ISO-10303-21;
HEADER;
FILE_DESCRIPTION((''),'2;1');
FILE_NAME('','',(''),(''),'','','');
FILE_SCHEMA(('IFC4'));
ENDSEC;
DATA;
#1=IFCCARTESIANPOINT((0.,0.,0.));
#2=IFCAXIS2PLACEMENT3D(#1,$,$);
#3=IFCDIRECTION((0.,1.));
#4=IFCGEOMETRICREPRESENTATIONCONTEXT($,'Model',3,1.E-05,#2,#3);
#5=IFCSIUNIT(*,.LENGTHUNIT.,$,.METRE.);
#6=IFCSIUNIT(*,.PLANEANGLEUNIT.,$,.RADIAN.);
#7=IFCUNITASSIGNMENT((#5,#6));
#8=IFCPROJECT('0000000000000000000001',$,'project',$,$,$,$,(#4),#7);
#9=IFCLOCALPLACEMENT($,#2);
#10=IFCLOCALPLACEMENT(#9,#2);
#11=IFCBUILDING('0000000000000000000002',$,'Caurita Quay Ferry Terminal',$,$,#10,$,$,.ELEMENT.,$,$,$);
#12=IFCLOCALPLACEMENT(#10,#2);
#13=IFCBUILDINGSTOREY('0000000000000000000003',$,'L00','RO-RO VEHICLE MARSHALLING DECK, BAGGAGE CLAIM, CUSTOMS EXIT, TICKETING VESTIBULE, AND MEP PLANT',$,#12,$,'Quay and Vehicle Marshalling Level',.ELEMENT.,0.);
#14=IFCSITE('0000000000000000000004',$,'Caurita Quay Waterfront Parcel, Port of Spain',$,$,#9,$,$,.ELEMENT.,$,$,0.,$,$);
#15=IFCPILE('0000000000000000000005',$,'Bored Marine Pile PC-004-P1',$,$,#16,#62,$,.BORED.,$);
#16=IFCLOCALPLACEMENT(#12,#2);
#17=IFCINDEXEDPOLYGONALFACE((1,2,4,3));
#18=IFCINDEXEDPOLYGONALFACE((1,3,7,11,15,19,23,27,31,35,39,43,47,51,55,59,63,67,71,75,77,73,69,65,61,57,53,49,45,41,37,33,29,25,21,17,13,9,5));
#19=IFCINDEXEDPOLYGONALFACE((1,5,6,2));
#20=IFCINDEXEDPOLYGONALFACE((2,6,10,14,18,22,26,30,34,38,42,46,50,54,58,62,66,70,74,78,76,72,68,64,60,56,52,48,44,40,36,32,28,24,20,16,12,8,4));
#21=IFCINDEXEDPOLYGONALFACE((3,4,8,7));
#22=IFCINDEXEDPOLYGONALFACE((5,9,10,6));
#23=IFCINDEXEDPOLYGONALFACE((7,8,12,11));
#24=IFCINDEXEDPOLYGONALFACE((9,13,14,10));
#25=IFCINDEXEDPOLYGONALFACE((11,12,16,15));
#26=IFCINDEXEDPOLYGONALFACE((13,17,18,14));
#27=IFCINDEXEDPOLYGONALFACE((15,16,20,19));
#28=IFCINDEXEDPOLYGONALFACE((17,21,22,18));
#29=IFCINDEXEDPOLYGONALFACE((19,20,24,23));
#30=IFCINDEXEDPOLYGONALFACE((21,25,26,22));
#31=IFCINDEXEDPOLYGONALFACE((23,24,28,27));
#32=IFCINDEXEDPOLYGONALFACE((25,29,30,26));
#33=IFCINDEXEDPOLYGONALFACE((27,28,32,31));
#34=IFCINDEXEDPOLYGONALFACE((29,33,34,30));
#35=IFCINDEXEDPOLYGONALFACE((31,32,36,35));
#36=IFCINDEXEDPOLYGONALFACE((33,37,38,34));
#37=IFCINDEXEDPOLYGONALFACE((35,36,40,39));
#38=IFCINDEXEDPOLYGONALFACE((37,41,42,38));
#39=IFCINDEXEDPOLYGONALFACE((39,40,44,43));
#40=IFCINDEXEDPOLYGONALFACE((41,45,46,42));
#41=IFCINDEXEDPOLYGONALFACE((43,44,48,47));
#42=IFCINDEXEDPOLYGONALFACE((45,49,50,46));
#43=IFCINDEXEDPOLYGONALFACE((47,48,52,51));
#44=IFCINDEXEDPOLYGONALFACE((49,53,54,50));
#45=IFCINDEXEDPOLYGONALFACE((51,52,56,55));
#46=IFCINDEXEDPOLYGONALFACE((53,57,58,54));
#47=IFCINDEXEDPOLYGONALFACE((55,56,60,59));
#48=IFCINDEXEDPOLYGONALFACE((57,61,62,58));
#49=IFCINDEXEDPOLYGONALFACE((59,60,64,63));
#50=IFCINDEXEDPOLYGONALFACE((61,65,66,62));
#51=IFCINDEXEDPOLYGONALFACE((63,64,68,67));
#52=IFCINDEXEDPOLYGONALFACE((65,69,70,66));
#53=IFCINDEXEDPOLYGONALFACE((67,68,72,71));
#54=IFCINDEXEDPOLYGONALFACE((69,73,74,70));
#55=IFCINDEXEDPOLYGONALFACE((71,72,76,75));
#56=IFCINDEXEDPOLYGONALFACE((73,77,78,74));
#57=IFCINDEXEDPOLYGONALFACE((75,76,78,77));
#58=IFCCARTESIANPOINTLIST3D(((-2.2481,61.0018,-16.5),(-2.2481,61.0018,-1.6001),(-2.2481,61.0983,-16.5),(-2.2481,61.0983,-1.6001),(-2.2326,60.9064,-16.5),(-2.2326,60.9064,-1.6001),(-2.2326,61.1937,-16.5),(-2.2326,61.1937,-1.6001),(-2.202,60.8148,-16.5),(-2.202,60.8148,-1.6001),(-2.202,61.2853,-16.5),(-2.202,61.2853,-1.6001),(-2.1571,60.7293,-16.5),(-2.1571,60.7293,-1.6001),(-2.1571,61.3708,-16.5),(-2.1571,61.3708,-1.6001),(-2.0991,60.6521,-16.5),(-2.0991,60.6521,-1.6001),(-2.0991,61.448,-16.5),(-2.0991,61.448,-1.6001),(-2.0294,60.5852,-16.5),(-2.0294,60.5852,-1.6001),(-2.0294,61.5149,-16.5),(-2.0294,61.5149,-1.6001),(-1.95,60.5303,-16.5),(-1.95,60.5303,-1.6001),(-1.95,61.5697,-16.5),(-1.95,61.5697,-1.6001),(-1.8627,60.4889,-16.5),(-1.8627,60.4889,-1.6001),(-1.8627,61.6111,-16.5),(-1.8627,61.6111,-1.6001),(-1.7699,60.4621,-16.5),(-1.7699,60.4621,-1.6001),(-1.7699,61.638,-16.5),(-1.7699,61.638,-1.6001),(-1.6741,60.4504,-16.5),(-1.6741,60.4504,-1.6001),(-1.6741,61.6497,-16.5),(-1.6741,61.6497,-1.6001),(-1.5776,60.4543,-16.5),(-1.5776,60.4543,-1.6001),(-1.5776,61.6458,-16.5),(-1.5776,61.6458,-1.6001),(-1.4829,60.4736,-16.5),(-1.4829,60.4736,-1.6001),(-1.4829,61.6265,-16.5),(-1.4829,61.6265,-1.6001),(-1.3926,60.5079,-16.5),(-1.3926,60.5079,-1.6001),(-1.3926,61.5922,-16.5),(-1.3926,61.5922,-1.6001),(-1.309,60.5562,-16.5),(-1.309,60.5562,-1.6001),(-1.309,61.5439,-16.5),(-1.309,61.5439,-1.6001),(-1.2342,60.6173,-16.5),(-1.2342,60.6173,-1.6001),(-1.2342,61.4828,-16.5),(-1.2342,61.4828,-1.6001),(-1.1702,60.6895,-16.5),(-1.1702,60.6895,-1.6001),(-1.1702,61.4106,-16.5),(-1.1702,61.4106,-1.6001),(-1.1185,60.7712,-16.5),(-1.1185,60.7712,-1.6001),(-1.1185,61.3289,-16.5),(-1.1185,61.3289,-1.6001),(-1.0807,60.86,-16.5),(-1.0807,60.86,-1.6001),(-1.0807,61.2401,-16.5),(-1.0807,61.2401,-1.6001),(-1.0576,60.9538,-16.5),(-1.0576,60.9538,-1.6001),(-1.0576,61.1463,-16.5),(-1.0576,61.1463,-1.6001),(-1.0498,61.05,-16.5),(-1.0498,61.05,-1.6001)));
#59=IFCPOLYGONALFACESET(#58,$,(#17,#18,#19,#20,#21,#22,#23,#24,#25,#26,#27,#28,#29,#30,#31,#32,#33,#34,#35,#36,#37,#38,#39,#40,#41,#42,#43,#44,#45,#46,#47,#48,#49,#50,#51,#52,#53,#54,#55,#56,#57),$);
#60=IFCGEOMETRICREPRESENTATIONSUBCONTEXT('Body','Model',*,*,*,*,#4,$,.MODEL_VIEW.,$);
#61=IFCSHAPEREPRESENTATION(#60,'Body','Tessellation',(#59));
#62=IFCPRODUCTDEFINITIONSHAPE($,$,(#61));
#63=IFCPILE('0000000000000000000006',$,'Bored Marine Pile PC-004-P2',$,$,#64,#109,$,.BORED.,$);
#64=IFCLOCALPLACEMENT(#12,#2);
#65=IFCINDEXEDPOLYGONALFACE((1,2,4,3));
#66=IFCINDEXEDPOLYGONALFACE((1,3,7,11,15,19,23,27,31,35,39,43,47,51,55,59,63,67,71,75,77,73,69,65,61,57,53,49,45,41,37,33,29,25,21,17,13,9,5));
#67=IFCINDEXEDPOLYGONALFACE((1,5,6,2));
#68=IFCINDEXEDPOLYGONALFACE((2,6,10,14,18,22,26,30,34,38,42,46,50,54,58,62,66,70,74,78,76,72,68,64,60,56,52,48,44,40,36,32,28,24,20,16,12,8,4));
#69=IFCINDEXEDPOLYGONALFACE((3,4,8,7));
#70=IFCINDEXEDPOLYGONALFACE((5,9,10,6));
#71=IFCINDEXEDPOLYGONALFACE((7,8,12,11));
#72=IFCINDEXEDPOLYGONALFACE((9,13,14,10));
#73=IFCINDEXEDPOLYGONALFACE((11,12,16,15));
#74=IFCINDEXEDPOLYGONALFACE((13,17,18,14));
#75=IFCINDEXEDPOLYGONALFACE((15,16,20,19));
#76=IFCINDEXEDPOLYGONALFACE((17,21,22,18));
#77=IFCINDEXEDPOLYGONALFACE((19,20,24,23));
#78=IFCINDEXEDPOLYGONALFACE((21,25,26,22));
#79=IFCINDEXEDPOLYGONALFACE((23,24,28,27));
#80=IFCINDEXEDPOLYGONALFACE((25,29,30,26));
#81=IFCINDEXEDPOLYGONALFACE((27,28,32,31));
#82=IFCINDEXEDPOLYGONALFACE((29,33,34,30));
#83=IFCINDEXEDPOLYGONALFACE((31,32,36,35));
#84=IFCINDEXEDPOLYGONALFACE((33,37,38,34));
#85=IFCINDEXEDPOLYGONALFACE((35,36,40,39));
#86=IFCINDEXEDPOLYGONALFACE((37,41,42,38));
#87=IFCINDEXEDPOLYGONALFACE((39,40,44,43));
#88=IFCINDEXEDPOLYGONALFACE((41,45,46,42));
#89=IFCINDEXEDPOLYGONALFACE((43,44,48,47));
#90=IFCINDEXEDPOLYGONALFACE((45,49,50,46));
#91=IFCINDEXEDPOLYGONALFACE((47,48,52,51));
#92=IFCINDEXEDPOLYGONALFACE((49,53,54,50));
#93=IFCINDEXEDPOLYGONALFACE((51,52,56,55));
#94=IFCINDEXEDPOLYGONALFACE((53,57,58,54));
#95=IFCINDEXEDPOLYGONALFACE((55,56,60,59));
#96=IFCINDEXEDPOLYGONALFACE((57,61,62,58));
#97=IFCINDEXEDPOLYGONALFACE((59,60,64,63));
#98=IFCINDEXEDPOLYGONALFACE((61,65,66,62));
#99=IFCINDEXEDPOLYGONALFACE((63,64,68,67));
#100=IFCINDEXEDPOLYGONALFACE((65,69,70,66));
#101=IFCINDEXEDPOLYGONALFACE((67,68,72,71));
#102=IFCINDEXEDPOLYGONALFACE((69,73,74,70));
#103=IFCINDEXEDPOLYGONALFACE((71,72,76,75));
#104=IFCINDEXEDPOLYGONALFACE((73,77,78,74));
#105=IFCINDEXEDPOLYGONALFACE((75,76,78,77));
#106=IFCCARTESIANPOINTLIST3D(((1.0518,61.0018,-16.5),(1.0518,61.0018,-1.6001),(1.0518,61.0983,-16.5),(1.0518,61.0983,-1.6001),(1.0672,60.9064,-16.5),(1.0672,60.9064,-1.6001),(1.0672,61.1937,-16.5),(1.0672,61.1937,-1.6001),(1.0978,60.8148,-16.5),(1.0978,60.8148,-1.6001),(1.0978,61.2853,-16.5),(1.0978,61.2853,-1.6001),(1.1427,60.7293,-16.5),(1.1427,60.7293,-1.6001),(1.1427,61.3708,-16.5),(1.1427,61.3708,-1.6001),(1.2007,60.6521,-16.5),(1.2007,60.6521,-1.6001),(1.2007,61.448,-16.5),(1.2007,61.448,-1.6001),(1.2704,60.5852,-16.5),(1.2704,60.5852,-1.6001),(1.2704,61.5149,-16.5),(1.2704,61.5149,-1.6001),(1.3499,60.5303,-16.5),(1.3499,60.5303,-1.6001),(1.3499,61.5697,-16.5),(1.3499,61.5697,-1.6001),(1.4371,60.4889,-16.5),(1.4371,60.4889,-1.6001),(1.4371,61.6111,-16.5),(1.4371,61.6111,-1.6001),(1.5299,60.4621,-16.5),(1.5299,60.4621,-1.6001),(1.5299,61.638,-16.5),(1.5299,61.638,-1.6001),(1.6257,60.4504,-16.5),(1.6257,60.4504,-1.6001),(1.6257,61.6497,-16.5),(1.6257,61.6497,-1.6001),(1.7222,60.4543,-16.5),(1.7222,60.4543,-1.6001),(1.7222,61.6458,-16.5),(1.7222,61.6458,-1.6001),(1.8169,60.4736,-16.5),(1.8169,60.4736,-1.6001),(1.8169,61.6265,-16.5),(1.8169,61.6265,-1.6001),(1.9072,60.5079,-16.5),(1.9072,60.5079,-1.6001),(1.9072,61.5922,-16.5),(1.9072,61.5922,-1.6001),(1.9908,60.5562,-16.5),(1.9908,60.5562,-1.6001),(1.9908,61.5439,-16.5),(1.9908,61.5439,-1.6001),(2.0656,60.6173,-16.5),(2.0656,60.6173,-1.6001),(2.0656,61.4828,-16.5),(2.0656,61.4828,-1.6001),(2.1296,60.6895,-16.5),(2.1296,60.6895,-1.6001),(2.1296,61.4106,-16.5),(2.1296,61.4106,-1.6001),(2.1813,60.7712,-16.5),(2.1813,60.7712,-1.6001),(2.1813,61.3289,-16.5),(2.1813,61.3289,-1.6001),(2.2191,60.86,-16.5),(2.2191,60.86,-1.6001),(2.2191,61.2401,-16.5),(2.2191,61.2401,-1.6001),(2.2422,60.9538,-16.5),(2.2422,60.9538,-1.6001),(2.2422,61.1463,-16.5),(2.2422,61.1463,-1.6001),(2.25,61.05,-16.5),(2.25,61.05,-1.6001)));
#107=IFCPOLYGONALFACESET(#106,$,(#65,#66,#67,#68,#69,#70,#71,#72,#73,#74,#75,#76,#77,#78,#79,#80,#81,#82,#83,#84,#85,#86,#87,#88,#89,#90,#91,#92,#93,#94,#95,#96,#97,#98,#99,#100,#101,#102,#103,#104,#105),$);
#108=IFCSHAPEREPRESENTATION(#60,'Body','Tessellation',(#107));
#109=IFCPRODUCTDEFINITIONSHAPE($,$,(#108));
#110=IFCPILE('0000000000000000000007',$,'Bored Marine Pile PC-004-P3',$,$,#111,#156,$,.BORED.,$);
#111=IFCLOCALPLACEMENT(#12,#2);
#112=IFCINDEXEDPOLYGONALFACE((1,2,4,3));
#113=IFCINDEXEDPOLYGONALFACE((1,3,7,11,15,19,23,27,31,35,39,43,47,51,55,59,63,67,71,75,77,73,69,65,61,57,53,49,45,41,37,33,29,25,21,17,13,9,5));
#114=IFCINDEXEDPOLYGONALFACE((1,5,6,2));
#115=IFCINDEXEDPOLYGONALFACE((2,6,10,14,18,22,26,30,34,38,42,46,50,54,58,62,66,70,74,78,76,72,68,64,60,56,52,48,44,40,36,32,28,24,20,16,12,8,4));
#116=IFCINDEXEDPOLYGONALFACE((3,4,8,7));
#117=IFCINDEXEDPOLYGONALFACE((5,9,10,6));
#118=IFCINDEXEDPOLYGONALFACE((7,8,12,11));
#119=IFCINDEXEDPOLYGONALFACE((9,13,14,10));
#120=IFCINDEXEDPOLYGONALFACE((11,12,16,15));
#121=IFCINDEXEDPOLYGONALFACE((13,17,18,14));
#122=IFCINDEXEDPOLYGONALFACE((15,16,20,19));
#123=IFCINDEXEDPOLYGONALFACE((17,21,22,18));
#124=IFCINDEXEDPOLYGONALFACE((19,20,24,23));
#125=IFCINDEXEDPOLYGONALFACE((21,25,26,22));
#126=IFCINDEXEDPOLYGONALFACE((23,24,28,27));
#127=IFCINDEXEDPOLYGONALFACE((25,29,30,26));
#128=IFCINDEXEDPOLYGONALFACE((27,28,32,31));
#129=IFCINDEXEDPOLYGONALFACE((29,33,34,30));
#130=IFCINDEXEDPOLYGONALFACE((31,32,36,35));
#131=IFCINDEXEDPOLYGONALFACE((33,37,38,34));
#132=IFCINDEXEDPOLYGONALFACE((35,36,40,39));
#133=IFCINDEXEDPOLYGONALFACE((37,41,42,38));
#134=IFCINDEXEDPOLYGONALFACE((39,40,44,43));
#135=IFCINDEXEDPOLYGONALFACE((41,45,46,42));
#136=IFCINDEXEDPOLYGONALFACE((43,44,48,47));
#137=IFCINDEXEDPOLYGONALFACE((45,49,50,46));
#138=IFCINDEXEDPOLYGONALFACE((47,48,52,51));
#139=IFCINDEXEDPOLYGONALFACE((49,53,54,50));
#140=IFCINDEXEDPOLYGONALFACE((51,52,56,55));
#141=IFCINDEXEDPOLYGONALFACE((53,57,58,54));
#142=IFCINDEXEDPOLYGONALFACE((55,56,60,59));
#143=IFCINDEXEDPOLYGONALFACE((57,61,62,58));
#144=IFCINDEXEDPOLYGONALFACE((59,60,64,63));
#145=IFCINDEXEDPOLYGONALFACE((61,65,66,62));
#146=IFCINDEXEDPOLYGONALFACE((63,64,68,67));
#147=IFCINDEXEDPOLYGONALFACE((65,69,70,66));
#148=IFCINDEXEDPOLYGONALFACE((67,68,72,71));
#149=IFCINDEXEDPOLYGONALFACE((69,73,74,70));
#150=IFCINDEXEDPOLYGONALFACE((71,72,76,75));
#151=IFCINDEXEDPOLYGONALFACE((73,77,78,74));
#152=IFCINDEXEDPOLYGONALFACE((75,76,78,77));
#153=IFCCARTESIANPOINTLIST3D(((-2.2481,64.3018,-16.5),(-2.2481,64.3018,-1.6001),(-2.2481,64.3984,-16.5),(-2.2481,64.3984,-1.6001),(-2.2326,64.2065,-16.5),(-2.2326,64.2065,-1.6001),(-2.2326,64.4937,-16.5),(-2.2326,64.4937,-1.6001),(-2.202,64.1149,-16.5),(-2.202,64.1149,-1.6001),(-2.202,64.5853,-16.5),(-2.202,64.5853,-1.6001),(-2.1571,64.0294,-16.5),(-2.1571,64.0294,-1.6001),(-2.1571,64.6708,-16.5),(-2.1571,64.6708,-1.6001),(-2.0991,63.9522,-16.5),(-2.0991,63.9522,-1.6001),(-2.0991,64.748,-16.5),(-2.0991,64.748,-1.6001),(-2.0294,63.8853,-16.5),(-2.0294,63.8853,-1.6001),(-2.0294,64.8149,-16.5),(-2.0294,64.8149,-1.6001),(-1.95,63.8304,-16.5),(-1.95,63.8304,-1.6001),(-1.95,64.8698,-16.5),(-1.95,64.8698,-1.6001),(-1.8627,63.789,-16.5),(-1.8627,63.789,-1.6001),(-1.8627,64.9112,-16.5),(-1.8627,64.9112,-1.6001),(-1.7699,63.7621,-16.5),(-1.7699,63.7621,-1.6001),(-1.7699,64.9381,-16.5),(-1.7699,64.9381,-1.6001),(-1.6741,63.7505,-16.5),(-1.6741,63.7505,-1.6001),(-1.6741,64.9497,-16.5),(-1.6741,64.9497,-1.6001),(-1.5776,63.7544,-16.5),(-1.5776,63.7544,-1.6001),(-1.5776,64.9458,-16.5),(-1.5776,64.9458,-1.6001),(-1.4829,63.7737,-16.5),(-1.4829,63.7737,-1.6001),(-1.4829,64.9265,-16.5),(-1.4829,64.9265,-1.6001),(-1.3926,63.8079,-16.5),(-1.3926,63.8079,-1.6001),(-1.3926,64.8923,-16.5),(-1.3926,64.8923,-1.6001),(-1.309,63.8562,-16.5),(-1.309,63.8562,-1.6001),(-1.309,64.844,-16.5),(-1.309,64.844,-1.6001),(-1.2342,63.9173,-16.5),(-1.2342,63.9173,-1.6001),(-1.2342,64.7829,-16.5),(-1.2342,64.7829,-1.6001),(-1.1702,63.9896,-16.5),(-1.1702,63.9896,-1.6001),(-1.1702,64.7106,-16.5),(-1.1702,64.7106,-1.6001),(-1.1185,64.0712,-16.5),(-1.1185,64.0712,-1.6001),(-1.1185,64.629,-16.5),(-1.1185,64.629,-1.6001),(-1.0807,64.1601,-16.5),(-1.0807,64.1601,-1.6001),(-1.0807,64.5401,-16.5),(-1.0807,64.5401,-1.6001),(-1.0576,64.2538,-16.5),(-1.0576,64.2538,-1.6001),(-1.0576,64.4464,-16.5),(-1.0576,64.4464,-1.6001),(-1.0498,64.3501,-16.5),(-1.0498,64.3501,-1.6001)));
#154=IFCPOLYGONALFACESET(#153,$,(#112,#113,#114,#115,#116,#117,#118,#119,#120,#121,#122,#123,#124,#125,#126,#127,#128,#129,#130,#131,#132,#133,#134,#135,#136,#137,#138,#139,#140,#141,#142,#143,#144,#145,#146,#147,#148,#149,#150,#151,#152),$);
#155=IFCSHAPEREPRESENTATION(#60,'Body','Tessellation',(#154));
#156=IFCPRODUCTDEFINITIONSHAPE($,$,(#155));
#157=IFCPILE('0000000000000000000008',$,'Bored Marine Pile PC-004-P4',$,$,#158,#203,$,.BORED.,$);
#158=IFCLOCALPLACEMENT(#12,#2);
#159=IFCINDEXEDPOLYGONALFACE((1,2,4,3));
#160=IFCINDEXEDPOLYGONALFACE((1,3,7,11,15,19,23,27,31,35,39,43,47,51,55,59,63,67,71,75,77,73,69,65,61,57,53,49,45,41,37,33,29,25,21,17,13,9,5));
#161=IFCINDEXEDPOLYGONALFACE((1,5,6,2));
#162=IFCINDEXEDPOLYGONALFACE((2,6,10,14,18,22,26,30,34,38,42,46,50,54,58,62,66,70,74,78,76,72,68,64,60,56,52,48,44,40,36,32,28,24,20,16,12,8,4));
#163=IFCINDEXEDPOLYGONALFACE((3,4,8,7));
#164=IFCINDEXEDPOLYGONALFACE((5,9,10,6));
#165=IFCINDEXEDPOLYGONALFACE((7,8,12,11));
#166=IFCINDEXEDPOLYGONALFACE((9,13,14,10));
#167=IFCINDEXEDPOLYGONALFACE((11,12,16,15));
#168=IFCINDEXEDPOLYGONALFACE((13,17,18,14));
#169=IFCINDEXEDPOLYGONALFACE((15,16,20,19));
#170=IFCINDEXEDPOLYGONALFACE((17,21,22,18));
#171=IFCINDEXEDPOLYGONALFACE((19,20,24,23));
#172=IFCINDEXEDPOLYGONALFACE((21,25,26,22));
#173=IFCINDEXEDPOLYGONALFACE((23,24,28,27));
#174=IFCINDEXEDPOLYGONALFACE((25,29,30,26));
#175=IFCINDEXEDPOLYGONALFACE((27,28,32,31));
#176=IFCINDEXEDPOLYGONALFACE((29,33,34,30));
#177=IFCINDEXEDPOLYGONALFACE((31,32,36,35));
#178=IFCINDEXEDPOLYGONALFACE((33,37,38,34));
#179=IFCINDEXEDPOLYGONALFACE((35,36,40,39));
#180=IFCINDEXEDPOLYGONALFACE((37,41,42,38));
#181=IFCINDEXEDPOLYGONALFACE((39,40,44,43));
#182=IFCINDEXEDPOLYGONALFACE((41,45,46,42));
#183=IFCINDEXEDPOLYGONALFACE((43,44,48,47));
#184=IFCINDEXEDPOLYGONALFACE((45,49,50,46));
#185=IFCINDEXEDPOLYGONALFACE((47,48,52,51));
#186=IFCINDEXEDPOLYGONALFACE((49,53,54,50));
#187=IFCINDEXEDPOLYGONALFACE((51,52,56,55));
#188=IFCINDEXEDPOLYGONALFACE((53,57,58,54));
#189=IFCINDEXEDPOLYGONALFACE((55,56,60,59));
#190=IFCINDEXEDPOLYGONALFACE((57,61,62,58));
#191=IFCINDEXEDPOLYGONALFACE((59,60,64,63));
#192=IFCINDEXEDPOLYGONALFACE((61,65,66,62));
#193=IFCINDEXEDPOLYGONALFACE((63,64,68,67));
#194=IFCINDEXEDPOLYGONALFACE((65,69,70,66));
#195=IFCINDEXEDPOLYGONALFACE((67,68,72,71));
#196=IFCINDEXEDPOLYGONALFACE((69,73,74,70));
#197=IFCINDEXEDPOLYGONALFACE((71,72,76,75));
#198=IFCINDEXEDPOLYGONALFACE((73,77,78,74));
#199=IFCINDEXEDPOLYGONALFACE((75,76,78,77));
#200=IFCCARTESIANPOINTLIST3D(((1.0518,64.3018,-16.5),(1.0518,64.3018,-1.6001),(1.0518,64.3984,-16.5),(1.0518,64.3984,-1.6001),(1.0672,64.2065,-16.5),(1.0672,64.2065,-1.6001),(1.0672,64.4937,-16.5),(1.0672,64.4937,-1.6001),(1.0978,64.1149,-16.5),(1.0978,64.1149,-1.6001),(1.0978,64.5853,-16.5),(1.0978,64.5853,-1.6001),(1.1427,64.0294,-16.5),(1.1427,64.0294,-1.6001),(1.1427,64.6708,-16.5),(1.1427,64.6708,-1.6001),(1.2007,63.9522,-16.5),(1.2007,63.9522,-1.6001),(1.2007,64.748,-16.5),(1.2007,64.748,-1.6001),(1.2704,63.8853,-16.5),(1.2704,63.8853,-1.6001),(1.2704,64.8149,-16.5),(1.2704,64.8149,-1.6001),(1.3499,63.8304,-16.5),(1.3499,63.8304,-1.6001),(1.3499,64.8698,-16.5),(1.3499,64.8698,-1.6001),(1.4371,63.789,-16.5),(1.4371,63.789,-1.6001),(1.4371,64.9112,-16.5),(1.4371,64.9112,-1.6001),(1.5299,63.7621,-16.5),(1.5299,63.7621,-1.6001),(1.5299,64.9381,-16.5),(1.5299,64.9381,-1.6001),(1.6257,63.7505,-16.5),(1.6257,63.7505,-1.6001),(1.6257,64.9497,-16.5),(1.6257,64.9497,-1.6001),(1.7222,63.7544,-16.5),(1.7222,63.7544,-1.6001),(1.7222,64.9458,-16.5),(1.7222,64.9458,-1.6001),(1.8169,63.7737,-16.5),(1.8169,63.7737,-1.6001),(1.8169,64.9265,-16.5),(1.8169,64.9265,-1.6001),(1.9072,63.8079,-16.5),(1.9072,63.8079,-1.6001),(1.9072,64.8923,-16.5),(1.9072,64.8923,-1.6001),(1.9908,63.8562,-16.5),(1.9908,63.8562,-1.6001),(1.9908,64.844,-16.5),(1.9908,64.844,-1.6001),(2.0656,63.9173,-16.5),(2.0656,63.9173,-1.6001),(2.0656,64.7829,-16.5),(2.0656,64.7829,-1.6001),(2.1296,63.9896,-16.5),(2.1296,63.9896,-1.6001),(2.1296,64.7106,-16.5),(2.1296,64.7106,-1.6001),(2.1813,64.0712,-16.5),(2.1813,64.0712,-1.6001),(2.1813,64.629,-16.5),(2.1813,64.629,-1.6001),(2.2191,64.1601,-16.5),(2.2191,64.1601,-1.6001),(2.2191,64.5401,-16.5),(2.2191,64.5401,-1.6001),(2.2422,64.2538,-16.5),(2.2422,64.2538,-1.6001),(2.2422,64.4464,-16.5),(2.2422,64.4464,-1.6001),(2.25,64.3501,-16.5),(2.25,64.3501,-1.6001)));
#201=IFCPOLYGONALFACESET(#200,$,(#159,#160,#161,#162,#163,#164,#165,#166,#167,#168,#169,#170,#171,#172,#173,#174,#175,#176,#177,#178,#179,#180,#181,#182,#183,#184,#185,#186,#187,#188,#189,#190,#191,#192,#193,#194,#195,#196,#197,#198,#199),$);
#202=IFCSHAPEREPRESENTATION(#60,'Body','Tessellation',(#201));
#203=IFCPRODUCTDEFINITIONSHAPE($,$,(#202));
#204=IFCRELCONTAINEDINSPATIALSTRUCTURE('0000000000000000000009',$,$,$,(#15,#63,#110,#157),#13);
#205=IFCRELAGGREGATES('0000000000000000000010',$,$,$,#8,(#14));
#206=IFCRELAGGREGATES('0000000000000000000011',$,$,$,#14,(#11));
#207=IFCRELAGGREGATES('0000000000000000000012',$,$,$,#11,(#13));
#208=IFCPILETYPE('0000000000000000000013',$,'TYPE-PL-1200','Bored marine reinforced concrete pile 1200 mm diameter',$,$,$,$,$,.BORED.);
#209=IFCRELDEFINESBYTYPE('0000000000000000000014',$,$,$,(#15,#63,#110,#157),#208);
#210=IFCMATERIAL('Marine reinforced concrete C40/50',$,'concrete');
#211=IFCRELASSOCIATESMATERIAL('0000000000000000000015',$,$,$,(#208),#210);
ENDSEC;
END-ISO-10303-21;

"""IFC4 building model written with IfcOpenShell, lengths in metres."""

from ifc_helpers import new_model, si_unit, direction, frame, origin, origin_2d, place, context, subcontext, project, spatial, circle, extrude, material, material_profile, profile_set, type_object, element, save


model = new_model("IFC4")

# Units and contexts
model_context = context("Model", 3, precision=1e-05, world=origin(), true_north=direction((0.0, 1.0)))
body_context = subcontext(model_context, "Body", "Model", "MODEL_VIEW")
ifc_project = project(units=[si_unit("LENGTHUNIT", "METRE"), si_unit("PLANEANGLEUNIT", "RADIAN")], contexts=[model_context])

# Site, building, storey
site_placement = place(None, origin())
site = spatial("IfcSite", under=ifc_project, at=site_placement, Name="Caurita Quay Waterfront Parcel, Port of Spain", CompositionType="ELEMENT", RefElevation=0.0)
building_placement = place(site_placement, origin())
building = spatial("IfcBuilding", under=site, at=building_placement, Name="Caurita Quay Ferry Terminal", CompositionType="ELEMENT")
storey_placement = place(building_placement, origin())
storey = spatial("IfcBuildingStorey", under=building, at=storey_placement, Name="L00", Description="RO-RO VEHICLE MARSHALLING DECK, BAGGAGE CLAIM, CUSTOMS EXIT, TICKETING VESTIBULE, AND MEP PLANT", LongName="Quay and Vehicle Marshalling Level", CompositionType="ELEMENT", Elevation=0.0)

# Piles
ifc_material_1 = material(Name="Marine reinforced concrete C40/50", Category="concrete")
ifc_material_profile_1 = material_profile(ifc_material_1, circle(Radius=0.6001, at=origin_2d()), Name="PILE-D1200")
ifc_profile_set_1 = profile_set([ifc_material_profile_1], Name="Marine reinforced concrete C40/50")
pile_type = type_object("IfcPileType", Name="TYPE-PL-1200", Description="Bored marine reinforced concrete pile 1200 mm diameter", PredefinedType="BORED", material=ifc_profile_set_1)
for number, where, z_axis, x_axis, name in (
    (1, (-1.6499, 61.05, -1.6001), (0.0, 0.0, -1.0), (1.0, 0.0, 0.0), "Bored Marine Pile PC-004-P1"),
    (2, (1.6499, 61.05, -1.6001), (0.0, 0.0, -1.0), (1.0, 0.0, 0.0), "Bored Marine Pile PC-004-P2"),
    (3, (-1.6499, 64.3501, -1.6001), (0.0, 0.0, -1.0), (1.0, 0.0, 0.0), "Bored Marine Pile PC-004-P3"),
    (4, (1.6499, 64.3501, -1.6001), (0.0, 0.0, -1.0), (1.0, 0.0, 0.0), "Bored Marine Pile PC-004-P4"),
):
    element("IfcPile", number, at=place(storey_placement, frame(where, z_axis=z_axis, x_axis=x_axis)), inside=storey, type_object=pile_type, Name=name, PredefinedType="BORED", context=body_context, shape_type="SweptSolid", body=[
        extrude(circle(Radius=0.6001, at=origin_2d()), origin(), (0.0, 0.0, 1.0), 14.8999),
    ])

save(model, "model.ifc")
